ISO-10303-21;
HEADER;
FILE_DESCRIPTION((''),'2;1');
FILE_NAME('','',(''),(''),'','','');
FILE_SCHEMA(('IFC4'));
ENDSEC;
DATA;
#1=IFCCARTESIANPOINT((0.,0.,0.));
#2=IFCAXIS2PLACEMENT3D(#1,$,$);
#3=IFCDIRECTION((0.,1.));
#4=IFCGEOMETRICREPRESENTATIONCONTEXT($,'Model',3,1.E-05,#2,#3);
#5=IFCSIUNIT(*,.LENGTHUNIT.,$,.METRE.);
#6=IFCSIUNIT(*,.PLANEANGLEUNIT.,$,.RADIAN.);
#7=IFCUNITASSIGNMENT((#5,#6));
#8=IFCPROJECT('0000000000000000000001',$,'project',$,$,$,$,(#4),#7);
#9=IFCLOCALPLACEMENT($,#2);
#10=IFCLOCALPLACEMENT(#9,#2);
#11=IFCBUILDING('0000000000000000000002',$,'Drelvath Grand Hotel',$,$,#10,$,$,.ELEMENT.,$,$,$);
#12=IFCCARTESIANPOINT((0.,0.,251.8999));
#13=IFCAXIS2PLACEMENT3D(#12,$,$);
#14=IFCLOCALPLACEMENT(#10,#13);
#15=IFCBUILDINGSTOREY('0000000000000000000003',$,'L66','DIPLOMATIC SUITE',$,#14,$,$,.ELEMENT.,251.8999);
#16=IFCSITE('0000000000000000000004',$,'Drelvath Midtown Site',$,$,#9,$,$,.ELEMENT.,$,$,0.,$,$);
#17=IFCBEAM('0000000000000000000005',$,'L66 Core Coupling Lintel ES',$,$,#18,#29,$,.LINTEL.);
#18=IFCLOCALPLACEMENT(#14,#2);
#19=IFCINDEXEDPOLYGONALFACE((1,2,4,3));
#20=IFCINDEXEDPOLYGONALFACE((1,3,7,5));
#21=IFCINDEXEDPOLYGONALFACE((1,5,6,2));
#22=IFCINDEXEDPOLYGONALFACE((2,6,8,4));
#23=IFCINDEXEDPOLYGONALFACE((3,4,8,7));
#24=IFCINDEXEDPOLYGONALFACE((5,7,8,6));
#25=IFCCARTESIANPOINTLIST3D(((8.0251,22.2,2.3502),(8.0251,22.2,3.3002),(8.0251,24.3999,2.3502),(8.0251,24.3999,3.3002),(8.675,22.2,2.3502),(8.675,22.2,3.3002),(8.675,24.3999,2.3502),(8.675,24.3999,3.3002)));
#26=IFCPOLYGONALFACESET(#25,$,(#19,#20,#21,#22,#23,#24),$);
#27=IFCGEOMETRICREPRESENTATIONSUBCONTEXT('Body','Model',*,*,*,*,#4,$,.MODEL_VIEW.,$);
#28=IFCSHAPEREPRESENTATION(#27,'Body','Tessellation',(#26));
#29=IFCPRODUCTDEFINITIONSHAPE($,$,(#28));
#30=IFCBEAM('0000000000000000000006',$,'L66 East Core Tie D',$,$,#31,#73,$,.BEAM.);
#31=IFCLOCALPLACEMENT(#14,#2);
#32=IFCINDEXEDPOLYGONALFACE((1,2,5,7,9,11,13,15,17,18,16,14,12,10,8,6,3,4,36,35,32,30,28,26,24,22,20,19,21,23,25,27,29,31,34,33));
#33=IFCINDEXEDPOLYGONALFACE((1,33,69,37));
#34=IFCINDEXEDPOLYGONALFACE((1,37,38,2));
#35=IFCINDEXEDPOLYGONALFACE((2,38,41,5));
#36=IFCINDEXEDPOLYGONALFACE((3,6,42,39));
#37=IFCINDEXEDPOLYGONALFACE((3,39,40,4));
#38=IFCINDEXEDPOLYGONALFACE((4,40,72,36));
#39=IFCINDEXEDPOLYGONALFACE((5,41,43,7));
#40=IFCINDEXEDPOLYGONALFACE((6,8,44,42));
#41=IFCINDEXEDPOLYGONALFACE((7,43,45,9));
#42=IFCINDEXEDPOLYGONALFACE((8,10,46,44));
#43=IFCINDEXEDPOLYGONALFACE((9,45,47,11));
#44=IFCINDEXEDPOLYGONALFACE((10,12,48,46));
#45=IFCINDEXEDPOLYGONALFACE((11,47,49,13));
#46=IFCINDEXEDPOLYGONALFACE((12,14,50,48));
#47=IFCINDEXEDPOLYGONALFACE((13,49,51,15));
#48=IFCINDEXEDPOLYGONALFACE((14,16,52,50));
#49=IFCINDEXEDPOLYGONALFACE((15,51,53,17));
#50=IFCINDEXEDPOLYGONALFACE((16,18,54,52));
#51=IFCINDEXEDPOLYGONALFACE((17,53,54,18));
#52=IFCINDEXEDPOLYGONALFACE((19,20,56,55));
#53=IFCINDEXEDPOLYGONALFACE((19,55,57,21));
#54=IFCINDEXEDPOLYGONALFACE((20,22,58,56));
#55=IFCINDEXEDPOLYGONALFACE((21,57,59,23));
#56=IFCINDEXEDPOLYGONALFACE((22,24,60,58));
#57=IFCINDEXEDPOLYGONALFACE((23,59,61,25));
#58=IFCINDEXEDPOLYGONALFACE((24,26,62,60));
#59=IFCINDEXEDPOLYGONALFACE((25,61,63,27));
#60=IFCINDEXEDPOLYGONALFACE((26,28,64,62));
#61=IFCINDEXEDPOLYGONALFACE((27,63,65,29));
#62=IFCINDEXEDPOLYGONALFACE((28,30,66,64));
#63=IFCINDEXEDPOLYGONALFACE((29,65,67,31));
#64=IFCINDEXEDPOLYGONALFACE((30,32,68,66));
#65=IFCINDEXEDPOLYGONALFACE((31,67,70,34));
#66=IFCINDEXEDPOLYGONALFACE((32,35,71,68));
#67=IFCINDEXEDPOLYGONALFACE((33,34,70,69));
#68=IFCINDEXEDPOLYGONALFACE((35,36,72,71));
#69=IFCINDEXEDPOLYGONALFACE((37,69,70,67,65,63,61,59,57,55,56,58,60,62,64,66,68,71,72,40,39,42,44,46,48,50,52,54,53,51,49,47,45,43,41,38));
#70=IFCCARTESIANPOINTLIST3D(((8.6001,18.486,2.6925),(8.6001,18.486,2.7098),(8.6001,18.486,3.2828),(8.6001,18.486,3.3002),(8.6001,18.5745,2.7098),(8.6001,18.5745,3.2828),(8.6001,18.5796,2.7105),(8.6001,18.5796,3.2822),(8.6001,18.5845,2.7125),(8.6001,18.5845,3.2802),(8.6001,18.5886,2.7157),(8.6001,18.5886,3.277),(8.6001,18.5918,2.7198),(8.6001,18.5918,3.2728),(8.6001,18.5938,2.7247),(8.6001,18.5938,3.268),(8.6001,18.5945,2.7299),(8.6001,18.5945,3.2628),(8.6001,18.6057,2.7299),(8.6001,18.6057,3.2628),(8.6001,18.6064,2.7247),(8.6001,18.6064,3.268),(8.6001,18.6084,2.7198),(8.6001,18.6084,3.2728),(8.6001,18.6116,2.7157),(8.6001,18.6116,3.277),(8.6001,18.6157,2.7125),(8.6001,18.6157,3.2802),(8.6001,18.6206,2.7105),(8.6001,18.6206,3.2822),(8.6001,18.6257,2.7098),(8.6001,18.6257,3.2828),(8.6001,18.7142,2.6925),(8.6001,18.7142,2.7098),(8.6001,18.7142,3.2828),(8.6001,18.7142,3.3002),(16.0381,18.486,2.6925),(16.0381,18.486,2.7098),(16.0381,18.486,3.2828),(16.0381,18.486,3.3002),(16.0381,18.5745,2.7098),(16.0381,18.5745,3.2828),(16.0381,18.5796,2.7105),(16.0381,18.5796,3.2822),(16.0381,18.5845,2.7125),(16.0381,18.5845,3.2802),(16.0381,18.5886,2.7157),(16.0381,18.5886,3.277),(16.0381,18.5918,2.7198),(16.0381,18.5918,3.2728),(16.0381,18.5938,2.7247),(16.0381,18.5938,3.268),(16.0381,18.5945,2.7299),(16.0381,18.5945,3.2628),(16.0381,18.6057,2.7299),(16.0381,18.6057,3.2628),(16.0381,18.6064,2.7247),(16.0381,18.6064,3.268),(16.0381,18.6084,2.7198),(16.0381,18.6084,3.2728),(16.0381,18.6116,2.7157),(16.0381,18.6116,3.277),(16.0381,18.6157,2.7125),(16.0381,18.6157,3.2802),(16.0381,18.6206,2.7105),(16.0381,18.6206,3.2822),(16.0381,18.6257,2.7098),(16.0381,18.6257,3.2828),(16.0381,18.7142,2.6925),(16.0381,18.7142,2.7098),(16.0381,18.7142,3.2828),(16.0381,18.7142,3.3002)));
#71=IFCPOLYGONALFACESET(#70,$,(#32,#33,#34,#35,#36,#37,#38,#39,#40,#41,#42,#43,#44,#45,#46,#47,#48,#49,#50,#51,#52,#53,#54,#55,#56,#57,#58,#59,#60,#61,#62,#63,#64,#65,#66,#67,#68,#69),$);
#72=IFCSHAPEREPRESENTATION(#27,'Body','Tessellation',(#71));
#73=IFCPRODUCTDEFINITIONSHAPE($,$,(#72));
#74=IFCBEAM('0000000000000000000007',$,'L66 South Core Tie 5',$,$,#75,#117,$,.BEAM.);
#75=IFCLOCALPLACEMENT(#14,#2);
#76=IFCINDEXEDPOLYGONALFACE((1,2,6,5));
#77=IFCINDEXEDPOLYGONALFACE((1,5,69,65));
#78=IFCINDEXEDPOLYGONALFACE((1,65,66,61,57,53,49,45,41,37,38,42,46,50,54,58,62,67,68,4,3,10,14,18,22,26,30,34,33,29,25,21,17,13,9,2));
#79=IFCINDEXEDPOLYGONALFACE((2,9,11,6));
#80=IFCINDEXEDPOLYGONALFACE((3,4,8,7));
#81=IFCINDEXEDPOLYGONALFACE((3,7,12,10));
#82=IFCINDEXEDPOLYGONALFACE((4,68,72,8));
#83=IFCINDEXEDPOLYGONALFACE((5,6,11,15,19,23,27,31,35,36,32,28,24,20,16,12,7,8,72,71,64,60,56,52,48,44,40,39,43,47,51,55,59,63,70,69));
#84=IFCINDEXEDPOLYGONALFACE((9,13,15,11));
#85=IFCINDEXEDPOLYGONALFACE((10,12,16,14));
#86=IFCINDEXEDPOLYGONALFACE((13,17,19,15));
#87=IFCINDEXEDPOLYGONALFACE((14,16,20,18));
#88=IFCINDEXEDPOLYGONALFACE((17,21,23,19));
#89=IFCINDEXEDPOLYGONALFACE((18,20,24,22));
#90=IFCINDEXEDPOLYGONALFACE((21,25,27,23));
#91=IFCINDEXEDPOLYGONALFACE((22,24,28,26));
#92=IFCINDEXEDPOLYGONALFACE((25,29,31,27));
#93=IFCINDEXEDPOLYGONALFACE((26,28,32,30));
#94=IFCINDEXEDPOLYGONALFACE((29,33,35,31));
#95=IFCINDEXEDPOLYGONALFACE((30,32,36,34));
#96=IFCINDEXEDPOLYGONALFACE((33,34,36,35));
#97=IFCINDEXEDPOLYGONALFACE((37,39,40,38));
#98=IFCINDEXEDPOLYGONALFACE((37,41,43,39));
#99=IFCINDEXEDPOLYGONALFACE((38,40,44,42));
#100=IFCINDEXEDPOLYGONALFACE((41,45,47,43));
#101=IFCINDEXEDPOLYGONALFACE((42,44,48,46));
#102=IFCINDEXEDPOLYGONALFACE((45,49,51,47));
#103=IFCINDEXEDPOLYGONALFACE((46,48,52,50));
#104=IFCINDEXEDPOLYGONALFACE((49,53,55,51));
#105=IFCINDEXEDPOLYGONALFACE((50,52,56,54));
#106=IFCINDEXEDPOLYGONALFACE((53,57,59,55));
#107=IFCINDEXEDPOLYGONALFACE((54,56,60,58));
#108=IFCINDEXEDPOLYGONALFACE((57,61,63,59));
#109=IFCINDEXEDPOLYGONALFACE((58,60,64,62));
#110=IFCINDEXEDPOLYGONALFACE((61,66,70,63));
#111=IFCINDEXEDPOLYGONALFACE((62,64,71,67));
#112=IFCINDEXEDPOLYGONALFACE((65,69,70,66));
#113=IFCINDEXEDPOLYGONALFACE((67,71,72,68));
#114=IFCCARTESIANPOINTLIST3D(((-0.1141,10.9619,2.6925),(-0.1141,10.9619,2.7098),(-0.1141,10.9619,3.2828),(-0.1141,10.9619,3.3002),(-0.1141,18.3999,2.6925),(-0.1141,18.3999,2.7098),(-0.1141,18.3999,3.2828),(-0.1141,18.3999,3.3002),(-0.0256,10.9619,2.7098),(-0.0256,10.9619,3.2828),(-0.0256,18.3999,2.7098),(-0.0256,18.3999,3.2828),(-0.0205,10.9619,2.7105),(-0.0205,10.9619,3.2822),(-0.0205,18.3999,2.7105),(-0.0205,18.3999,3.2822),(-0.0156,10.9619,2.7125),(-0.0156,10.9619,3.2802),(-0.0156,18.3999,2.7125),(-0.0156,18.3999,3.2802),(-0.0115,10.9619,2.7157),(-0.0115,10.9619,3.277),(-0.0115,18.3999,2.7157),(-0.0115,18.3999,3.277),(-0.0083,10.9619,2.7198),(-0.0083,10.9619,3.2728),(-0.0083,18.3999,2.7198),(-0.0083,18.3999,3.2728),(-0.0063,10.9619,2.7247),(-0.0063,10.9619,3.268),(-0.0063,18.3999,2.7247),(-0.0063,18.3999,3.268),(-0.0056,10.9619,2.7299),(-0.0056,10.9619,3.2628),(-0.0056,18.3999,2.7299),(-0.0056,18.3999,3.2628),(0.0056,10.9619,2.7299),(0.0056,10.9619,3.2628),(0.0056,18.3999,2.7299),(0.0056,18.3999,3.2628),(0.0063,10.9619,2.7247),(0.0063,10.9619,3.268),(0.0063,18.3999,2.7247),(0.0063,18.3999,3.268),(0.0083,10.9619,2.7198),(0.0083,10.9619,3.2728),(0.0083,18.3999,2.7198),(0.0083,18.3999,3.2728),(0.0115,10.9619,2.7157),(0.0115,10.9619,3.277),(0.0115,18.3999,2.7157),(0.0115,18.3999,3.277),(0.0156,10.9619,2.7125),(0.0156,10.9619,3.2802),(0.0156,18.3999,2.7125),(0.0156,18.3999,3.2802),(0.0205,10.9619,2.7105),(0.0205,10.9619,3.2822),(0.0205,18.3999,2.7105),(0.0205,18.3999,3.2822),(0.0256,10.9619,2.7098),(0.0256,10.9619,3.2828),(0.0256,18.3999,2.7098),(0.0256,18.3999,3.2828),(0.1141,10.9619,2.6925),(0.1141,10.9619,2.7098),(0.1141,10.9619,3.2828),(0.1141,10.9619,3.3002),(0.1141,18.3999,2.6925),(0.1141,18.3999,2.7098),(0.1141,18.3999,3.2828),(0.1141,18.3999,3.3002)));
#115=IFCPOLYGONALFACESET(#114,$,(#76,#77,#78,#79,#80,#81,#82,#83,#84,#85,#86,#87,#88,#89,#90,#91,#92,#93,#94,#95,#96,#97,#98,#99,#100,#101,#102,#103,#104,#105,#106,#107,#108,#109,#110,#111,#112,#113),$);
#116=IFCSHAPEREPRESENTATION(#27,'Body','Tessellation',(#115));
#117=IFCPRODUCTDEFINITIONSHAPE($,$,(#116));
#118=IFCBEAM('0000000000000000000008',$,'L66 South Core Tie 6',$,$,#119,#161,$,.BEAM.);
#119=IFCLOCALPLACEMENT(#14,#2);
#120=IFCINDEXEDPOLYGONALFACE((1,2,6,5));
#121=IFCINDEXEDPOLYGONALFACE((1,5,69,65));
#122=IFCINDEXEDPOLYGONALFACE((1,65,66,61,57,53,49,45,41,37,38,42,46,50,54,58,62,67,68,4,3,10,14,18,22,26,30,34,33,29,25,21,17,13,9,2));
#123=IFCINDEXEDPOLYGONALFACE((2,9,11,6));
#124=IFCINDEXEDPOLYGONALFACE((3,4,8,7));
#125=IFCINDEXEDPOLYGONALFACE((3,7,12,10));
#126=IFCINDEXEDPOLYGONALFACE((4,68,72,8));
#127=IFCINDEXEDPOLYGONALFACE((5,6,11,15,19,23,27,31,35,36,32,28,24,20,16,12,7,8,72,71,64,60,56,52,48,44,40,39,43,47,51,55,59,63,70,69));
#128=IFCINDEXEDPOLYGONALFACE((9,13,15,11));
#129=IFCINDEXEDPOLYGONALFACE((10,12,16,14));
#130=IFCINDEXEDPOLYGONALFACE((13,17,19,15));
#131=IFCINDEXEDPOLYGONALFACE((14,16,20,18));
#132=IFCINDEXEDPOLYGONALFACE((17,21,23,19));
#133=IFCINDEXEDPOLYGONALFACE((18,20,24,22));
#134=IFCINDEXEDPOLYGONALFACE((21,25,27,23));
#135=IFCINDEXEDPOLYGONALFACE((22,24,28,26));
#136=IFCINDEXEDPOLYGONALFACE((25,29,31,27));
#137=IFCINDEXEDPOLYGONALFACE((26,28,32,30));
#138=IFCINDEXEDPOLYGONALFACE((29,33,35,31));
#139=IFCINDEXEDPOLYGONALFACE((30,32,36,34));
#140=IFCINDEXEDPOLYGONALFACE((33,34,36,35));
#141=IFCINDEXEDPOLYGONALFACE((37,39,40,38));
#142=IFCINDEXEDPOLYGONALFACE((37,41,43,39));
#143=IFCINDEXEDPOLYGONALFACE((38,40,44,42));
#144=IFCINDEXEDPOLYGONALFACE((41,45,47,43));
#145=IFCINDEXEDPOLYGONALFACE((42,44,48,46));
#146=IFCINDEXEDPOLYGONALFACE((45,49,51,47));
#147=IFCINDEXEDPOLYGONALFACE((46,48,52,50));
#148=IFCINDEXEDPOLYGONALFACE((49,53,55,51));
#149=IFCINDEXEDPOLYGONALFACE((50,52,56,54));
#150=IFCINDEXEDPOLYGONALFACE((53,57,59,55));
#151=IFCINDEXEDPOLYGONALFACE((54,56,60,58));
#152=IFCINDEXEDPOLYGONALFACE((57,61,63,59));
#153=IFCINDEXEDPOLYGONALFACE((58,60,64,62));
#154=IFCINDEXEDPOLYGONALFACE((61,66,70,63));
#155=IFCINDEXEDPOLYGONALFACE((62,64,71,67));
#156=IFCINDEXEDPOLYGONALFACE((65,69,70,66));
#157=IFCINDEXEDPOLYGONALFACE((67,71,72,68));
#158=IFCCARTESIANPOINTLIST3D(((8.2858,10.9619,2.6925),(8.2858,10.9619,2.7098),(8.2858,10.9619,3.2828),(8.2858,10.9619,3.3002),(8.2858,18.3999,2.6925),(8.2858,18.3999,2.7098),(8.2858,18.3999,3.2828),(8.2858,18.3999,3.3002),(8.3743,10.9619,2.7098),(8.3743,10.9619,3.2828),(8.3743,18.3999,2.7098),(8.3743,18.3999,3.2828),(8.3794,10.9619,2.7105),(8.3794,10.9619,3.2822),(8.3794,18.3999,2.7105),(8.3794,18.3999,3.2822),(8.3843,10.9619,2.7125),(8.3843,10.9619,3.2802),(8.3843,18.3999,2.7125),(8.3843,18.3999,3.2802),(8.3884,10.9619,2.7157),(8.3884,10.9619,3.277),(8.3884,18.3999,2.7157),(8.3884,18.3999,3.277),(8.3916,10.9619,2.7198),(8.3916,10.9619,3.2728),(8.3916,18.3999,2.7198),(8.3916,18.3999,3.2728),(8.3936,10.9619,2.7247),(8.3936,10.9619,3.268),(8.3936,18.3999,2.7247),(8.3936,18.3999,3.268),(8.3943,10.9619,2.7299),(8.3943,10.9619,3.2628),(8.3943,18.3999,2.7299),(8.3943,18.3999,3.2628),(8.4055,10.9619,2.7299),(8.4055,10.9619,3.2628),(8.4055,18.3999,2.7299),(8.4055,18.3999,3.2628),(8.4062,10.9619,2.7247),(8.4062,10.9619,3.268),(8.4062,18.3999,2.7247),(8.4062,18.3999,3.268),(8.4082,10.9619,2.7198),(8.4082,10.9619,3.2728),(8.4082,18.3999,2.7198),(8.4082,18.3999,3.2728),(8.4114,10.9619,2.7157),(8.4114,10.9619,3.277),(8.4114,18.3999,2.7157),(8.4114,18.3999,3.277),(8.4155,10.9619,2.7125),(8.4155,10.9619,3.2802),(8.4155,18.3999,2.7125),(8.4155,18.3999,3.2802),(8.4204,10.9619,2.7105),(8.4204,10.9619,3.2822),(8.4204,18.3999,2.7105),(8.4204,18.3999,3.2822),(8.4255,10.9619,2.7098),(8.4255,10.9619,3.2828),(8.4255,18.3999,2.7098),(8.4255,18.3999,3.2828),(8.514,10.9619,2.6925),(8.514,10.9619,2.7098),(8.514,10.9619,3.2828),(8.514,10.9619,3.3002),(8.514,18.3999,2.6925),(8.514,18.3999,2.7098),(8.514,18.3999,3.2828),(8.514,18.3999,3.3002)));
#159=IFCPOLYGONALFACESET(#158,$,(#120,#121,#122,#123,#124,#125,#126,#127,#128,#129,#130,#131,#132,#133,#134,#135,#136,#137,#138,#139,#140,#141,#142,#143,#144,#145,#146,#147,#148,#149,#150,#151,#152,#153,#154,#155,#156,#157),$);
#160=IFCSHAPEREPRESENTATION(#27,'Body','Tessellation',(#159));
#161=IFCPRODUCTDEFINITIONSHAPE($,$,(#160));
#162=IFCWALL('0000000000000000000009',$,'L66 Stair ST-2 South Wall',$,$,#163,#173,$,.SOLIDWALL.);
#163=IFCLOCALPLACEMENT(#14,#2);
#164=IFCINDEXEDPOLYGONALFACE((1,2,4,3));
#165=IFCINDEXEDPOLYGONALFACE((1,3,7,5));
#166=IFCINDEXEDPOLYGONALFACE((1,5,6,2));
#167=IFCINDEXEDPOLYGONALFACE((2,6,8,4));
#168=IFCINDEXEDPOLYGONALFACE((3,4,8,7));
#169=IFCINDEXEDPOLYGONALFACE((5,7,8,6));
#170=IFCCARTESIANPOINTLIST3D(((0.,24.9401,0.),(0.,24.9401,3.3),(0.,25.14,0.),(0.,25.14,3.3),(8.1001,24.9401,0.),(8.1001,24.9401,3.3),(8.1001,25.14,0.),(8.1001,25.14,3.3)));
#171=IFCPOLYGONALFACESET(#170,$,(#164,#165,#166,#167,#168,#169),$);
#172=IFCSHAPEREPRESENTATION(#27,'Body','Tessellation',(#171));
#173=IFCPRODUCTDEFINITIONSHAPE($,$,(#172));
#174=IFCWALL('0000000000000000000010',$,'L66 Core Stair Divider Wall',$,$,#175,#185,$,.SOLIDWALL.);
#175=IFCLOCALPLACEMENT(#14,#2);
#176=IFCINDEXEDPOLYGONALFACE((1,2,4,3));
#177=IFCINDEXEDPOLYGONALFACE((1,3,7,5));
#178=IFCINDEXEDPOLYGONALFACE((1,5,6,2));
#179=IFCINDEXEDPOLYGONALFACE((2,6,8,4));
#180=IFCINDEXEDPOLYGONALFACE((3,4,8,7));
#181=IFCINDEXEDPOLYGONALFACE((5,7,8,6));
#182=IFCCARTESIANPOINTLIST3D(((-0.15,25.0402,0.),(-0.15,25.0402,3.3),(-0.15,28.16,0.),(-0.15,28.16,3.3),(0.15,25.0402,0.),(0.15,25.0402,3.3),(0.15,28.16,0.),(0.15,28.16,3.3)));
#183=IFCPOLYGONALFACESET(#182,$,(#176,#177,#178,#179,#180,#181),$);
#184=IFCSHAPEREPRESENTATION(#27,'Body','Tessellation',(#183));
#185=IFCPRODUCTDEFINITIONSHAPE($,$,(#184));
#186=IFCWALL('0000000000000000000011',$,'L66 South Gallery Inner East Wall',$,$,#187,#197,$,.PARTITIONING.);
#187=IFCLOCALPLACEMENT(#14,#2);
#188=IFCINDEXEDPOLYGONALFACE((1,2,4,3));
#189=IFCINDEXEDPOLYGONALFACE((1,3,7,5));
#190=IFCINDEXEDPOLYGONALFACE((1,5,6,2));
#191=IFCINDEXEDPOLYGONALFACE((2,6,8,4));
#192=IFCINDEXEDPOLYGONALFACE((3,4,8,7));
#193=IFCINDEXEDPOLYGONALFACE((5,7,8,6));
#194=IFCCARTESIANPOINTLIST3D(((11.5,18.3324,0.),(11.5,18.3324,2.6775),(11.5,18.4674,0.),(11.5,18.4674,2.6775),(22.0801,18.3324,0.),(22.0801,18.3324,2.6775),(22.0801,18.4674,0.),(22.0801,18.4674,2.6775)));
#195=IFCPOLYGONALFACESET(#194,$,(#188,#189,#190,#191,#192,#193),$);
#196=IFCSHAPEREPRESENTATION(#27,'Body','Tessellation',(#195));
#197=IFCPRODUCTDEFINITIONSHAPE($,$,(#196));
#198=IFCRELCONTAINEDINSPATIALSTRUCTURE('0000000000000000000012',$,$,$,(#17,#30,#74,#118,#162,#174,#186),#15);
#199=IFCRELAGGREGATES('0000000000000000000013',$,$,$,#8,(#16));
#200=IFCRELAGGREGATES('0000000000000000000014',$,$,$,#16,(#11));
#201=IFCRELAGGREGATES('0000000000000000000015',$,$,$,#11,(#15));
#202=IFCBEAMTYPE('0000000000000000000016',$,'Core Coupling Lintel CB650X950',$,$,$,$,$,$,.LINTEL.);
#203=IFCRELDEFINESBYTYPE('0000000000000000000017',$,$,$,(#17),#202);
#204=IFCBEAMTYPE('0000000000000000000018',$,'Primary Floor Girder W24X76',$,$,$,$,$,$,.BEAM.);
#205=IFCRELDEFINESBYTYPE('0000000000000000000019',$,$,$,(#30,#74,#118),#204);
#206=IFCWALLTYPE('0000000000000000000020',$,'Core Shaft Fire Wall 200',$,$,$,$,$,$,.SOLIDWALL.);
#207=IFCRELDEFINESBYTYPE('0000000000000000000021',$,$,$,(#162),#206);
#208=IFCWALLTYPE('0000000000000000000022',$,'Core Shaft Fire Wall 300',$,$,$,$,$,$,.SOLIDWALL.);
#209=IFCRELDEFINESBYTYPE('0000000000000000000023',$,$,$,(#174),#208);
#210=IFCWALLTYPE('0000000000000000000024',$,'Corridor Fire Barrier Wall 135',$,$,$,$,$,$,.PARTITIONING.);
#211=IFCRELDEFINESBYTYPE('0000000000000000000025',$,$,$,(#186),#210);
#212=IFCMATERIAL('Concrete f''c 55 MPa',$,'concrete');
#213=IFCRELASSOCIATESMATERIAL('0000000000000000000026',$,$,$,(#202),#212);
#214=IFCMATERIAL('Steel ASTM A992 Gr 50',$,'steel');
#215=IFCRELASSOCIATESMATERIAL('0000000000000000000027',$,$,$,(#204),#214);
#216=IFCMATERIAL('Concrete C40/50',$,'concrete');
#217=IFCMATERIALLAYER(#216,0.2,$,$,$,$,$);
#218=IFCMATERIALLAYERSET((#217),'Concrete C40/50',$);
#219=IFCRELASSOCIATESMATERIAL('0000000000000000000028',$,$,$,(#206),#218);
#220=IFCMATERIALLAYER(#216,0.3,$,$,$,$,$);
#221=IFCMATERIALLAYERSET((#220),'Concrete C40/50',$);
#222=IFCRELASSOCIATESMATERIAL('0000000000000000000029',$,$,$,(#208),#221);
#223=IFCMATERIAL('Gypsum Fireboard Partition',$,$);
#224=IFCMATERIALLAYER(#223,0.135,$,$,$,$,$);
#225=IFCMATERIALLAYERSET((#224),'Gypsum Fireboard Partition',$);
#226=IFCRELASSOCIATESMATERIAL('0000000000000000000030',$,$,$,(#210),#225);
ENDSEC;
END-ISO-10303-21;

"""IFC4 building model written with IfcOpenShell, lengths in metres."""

from ifc_helpers import new_model, si_unit, direction, frame, frame_2d, origin, origin_2d, place, context, subcontext, project, spatial, rectangle, i_section, extrude, material, layer, layer_set, material_profile, profile_set, type_object, element, save


model = new_model("IFC4")

# Units and contexts
model_context = context("Model", 3, precision=1e-05, world=origin(), true_north=direction((0.0, 1.0)))
body_context = subcontext(model_context, "Body", "Model", "MODEL_VIEW")
ifc_project = project(units=[si_unit("LENGTHUNIT", "METRE"), si_unit("PLANEANGLEUNIT", "RADIAN")], contexts=[model_context])

# Site, building, storey
site_placement = place(None, origin())
site = spatial("IfcSite", under=ifc_project, at=site_placement, Name="Drelvath Midtown Site", CompositionType="ELEMENT", RefElevation=0.0)
building_placement = place(site_placement, origin())
building = spatial("IfcBuilding", under=site, at=building_placement, Name="Drelvath Grand Hotel", CompositionType="ELEMENT")
storey_placement = place(building_placement, frame((0.0, 0.0, 251.8999)))
storey = spatial("IfcBuildingStorey", under=building, at=storey_placement, Name="L66", Description="DIPLOMATIC SUITE", CompositionType="ELEMENT", Elevation=251.8999)

# Beams
ifc_material_1 = material(Name="Concrete f'c 55 MPa", Category="concrete")
ifc_material_profile_1 = material_profile(ifc_material_1, rectangle(XDim=0.6499, YDim=0.95, at=origin_2d()), Name="CB650X950")
ifc_profile_set_1 = profile_set([ifc_material_profile_1], Name="Concrete f'c 55 MPa")
beam_type_1 = type_object("IfcBeamType", Name="Core Coupling Lintel CB650X950", PredefinedType="LINTEL", material=ifc_profile_set_1)
beam_placement = place(storey_placement, frame((8.3501, 22.2, 2.8252), z_axis=(0.0, 1.0, 0.0), x_axis=(-1.0, 0.0, 0.0)))
element("IfcBeam", 1, at=beam_placement, inside=storey, type_object=beam_type_1, Name="L66 Core Coupling Lintel ES", PredefinedType="LINTEL", context=body_context, shape_type="SweptSolid", body=[
    extrude(rectangle(XDim=0.6499, YDim=0.95, at=origin_2d()), origin(), (0.0, 0.0, 1.0), 2.2),
])
ifc_material_2 = material(Name="Steel ASTM A992 Gr 50", Category="steel")
ifc_material_profile_2 = material_profile(ifc_material_2, i_section(OverallWidth=0.2283, OverallDepth=0.6077, WebThickness=0.0112, FlangeThickness=0.0173, FilletRadius=0.02, at=origin_2d()), Name="W24X76")
ifc_profile_set_2 = profile_set([ifc_material_profile_2], Name="Steel ASTM A992 Gr 50")
beam_type_2 = type_object("IfcBeamType", Name="Primary Floor Girder W24X76", PredefinedType="BEAM", material=ifc_profile_set_2)
for number, where, z_axis, x_axis, name in (
    (2, (8.6001, 18.6001, 2.9963), (1.0, 0.0, 0.0), (0.0, 1.0, 0.0), "L66 East Core Tie D"),
    (3, (0.0, 10.9619, 2.9963), (0.0, 1.0, 0.0), (-1.0, 0.0, 0.0), "L66 South Core Tie 5"),
    (4, (8.3999, 10.9619, 2.9963), (0.0, 1.0, 0.0), (-1.0, 0.0, 0.0), "L66 South Core Tie 6"),
):
    element("IfcBeam", number, at=place(storey_placement, frame(where, z_axis=z_axis, x_axis=x_axis)), inside=storey, type_object=beam_type_2, Name=name, PredefinedType="BEAM", context=body_context, shape_type="SweptSolid", body=[
        extrude(i_section(OverallWidth=0.2283, OverallDepth=0.6077, WebThickness=0.0112, FlangeThickness=0.0173, FilletRadius=0.02, at=origin_2d()), origin(), (0.0, 0.0, 1.0), 7.438),
    ])

# Walls
ifc_material_3 = material(Name="Concrete C40/50", Category="concrete")
ifc_layer_1 = layer(ifc_material_3, 0.2)
ifc_layer_set_1 = layer_set([ifc_layer_1], Name="Concrete C40/50")
wall_type_1 = type_object("IfcWallType", Name="Core Shaft Fire Wall 200", PredefinedType="SOLIDWALL", material=ifc_layer_set_1)
wall_1_placement = place(storey_placement, frame((0.0, 25.04, 0.0), z_axis=(0.0, 0.0, 1.0), x_axis=(1.0, 0.0, 0.0)))
element("IfcWall", 5, at=wall_1_placement, inside=storey, type_object=wall_type_1, Name="L66 Stair ST-2 South Wall", PredefinedType="SOLIDWALL", context=body_context, shape_type="SweptSolid", body=[
    extrude(rectangle(XDim=8.1001, YDim=0.2, at=frame_2d((4.05, 0.0))), origin(), (0.0, 0.0, 1.0), 3.3),
])
ifc_layer_2 = layer(ifc_material_3, 0.3)
ifc_layer_set_2 = layer_set([ifc_layer_2], Name="Concrete C40/50")
wall_type_2 = type_object("IfcWallType", Name="Core Shaft Fire Wall 300", PredefinedType="SOLIDWALL", material=ifc_layer_set_2)
wall_2_placement = place(storey_placement, frame((0.0, 25.04, 0.0), z_axis=(0.0, 0.0, 1.0), x_axis=(0.0, 1.0, 0.0)))
element("IfcWall", 6, at=wall_2_placement, inside=storey, type_object=wall_type_2, Name="L66 Core Stair Divider Wall", PredefinedType="SOLIDWALL", context=body_context, shape_type="SweptSolid", body=[
    extrude(rectangle(XDim=3.1199, YDim=0.3, at=frame_2d((1.5601, 0.0))), origin(), (0.0, 0.0, 1.0), 3.3),
])
ifc_material_4 = material(Name="Gypsum Fireboard Partition")
ifc_layer_3 = layer(ifc_material_4, 0.135)
ifc_layer_set_3 = layer_set([ifc_layer_3], Name="Gypsum Fireboard Partition")
wall_type_3 = type_object("IfcWallType", Name="Corridor Fire Barrier Wall 135", PredefinedType="PARTITIONING", material=ifc_layer_set_3)
wall_3_placement = place(storey_placement, frame((11.5, 18.3999, 0.0), z_axis=(0.0, 0.0, 1.0), x_axis=(1.0, 0.0, 0.0)))
element("IfcWall", 7, at=wall_3_placement, inside=storey, type_object=wall_type_3, Name="L66 South Gallery Inner East Wall", PredefinedType="PARTITIONING", context=body_context, shape_type="SweptSolid", body=[
    extrude(rectangle(XDim=10.5801, YDim=0.135, at=frame_2d((5.29, 0.0))), origin(), (0.0, 0.0, 1.0), 2.6775),
])

save(model, "model.ifc")
